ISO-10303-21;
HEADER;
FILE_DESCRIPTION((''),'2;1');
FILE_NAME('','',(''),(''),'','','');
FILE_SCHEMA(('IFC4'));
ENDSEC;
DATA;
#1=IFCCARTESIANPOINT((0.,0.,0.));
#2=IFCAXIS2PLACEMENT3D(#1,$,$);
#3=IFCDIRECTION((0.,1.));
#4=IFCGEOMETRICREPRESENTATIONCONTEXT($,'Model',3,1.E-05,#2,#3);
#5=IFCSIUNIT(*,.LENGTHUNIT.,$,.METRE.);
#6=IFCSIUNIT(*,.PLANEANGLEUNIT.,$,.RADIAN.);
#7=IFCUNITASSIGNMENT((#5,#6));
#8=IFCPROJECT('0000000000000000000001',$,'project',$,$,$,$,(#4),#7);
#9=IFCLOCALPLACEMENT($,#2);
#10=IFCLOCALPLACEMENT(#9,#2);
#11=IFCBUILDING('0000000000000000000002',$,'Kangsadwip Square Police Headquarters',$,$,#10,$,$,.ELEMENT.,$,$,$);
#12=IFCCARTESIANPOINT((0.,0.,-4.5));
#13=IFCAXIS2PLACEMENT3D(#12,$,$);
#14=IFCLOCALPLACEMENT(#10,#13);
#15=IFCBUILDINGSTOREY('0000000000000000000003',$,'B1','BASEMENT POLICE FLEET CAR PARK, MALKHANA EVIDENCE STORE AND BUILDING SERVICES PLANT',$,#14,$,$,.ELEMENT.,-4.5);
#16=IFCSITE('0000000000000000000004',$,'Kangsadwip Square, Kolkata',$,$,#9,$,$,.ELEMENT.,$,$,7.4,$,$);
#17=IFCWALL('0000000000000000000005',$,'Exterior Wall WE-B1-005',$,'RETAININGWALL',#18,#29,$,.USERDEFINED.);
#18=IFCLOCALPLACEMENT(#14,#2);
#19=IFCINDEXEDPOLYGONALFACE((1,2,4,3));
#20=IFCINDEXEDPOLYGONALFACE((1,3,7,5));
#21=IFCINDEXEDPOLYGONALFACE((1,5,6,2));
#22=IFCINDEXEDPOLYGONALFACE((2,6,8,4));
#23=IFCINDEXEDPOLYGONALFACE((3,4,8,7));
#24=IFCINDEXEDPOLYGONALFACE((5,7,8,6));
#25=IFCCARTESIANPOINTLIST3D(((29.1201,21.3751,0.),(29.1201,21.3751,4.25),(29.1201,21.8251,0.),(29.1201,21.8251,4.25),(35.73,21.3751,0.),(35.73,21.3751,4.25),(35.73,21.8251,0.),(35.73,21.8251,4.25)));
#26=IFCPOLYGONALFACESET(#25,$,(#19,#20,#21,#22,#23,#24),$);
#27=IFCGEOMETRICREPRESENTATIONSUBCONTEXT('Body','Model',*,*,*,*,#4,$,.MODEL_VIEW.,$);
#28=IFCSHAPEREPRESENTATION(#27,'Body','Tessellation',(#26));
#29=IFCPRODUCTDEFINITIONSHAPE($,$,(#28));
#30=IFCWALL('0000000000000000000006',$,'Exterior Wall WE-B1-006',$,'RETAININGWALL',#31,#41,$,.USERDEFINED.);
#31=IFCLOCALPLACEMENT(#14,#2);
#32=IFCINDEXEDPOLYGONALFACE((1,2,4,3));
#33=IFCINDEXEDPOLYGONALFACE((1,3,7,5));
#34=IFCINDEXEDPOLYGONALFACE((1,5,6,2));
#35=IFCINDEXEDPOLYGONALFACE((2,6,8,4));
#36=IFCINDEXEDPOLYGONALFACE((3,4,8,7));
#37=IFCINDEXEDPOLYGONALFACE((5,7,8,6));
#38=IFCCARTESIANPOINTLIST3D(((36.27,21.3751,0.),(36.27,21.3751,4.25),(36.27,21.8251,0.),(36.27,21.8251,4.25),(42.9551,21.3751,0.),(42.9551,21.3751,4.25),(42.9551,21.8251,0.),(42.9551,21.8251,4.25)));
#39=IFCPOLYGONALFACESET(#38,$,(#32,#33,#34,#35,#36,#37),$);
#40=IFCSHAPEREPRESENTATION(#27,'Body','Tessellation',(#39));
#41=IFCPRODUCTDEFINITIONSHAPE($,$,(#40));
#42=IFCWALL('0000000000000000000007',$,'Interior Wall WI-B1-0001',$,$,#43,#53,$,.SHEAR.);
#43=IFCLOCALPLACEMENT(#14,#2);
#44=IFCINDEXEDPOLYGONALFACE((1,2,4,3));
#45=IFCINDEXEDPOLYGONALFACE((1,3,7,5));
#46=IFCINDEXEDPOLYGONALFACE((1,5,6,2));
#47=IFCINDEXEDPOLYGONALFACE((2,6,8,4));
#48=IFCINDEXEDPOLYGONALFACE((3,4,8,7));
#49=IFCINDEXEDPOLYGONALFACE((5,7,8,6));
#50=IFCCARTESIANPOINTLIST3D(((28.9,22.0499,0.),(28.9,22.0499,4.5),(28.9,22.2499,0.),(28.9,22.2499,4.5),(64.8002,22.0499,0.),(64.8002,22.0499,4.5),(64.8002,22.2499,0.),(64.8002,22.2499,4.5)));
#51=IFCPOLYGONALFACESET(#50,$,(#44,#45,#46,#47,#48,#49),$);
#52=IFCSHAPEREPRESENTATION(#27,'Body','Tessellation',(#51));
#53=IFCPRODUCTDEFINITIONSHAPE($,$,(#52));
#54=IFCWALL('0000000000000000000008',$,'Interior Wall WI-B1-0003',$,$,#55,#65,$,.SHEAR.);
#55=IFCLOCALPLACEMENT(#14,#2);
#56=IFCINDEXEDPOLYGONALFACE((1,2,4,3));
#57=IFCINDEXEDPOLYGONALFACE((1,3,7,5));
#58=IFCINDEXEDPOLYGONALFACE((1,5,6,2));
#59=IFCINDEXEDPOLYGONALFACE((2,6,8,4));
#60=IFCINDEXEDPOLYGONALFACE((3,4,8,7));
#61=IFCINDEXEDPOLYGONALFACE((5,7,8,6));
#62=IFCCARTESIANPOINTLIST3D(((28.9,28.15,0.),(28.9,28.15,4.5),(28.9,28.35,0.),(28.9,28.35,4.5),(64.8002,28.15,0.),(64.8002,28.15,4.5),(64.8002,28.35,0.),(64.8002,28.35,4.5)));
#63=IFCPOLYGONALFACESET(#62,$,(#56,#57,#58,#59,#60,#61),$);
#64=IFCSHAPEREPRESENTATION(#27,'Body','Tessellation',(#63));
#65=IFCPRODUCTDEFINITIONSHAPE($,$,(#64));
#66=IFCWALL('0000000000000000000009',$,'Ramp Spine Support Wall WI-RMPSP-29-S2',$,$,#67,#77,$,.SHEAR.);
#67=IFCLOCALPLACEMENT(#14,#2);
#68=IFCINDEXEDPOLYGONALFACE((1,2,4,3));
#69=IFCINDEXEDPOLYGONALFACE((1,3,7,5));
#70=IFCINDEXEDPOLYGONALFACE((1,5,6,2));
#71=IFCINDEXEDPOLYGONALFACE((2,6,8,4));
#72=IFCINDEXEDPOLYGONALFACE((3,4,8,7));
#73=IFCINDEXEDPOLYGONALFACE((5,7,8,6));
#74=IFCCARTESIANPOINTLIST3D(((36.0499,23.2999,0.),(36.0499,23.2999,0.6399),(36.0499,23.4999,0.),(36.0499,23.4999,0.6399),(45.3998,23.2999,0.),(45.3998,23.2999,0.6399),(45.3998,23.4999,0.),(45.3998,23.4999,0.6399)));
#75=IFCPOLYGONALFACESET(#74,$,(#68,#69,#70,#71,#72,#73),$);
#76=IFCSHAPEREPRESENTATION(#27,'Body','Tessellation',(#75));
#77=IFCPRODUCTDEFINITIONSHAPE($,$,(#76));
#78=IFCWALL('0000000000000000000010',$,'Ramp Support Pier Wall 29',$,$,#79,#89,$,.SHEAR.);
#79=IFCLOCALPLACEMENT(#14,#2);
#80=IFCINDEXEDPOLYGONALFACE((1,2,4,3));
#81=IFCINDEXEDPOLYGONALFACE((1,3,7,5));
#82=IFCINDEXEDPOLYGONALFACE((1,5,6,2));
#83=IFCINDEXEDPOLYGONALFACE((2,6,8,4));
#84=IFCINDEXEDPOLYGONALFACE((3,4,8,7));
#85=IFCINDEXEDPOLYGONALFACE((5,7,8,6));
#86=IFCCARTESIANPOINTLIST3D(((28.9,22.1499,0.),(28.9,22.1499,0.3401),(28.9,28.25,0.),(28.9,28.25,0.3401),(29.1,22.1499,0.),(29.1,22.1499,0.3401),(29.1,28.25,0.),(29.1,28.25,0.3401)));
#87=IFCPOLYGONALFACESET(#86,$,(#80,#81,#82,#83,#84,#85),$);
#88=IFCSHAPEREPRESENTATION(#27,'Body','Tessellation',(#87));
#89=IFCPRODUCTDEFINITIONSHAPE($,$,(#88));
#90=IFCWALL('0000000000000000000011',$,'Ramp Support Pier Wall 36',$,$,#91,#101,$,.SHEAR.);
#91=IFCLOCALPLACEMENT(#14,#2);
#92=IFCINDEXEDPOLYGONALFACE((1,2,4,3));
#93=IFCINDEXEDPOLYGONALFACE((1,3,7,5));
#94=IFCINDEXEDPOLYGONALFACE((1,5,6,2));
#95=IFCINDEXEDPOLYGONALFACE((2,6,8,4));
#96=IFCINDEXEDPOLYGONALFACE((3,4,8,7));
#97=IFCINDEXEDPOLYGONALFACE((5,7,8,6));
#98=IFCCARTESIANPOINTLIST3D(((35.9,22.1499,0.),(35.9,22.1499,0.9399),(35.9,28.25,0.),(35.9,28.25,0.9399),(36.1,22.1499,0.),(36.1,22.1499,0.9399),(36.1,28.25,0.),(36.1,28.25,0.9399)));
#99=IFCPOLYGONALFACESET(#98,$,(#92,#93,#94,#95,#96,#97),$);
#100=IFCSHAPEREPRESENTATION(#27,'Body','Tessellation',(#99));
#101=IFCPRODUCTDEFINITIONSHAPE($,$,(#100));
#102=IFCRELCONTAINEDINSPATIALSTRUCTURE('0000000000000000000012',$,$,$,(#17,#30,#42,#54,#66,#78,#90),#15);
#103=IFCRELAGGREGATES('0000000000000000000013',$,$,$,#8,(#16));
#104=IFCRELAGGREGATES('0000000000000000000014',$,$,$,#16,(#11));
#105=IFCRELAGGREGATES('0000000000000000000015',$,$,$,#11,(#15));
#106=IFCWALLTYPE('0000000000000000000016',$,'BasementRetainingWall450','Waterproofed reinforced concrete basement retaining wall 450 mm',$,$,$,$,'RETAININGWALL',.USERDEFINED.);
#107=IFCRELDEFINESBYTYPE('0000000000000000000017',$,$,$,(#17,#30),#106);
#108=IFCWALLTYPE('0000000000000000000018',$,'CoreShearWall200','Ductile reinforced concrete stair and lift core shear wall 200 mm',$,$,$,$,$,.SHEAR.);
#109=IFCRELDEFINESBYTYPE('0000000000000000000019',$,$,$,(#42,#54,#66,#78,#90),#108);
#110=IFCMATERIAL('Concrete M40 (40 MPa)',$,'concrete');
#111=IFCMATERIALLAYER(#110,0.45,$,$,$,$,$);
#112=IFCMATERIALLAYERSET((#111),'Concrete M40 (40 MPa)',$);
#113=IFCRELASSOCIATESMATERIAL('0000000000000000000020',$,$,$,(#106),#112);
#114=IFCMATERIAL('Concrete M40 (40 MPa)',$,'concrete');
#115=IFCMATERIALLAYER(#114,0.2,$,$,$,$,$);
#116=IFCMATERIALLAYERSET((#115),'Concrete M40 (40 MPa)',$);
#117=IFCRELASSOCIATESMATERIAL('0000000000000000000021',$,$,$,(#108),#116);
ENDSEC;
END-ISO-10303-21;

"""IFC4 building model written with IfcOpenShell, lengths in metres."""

from ifc_helpers import new_model, si_unit, direction, frame, frame_2d, origin, place, context, subcontext, project, spatial, rectangle, extrude, material, layer, layer_set, type_object, element, save


model = new_model("IFC4")

# Units and contexts
model_context = context("Model", 3, precision=1e-05, world=origin(), true_north=direction((0.0, 1.0)))
body_context = subcontext(model_context, "Body", "Model", "MODEL_VIEW")
ifc_project = project(units=[si_unit("LENGTHUNIT", "METRE"), si_unit("PLANEANGLEUNIT", "RADIAN")], contexts=[model_context])

# Site, building, storey
site_placement = place(None, origin())
site = spatial("IfcSite", under=ifc_project, at=site_placement, Name="Kangsadwip Square, Kolkata", CompositionType="ELEMENT", RefElevation=7.4)
building_placement = place(site_placement, origin())
building = spatial("IfcBuilding", under=site, at=building_placement, Name="Kangsadwip Square Police Headquarters", CompositionType="ELEMENT")
storey_placement = place(building_placement, frame((0.0, 0.0, -4.5)))
storey = spatial("IfcBuildingStorey", under=building, at=storey_placement, Name="B1", Description="BASEMENT POLICE FLEET CAR PARK, MALKHANA EVIDENCE STORE AND BUILDING SERVICES PLANT", CompositionType="ELEMENT", Elevation=-4.5)

# Walls
ifc_material_1 = material(Name="Concrete M40 (40 MPa)", Category="concrete")
ifc_layer_1 = layer(ifc_material_1, 0.45)
ifc_layer_set_1 = layer_set([ifc_layer_1], Name="Concrete M40 (40 MPa)")
wall_type_1 = type_object("IfcWallType", Name="BasementRetainingWall450", Description="Waterproofed reinforced concrete basement retaining wall 450 mm", ElementType="RETAININGWALL", PredefinedType="USERDEFINED", material=ifc_layer_set_1)
wall_1_placement = place(storey_placement, frame((29.1201, 21.6001, 0.0), z_axis=(0.0, 0.0, 1.0), x_axis=(1.0, 0.0, 0.0)))
element("IfcWall", 1, at=wall_1_placement, inside=storey, type_object=wall_type_1, Name="Exterior Wall WE-B1-005", ObjectType="RETAININGWALL", PredefinedType="USERDEFINED", context=body_context, shape_type="SweptSolid", body=[
    extrude(rectangle(XDim=6.6099, YDim=0.45, at=frame_2d((3.3049, 0.0))), origin(), (0.0, 0.0, 1.0), 4.25),
])
wall_2_placement = place(storey_placement, frame((36.27, 21.6001, 0.0), z_axis=(0.0, 0.0, 1.0), x_axis=(1.0, 0.0, 0.0)))
element("IfcWall", 2, at=wall_2_placement, inside=storey, type_object=wall_type_1, Name="Exterior Wall WE-B1-006", ObjectType="RETAININGWALL", PredefinedType="USERDEFINED", context=body_context, shape_type="SweptSolid", body=[
    extrude(rectangle(XDim=6.6851, YDim=0.45, at=frame_2d((3.3425, 0.0))), origin(), (0.0, 0.0, 1.0), 4.25),
])
ifc_material_2 = material(Name="Concrete M40 (40 MPa)", Category="concrete")
ifc_layer_2 = layer(ifc_material_2, 0.2)
ifc_layer_set_2 = layer_set([ifc_layer_2], Name="Concrete M40 (40 MPa)")
wall_type_2 = type_object("IfcWallType", Name="CoreShearWall200", Description="Ductile reinforced concrete stair and lift core shear wall 200 mm", PredefinedType="SHEAR", material=ifc_layer_set_2)
for number, where, z_axis, x_axis, name in (
    (3, (28.8999, 22.1499, 0.0), (0.0, 0.0, 1.0), (1.0, 0.0, 0.0), "Interior Wall WI-B1-0001"),
    (4, (28.8999, 28.25, 0.0), (0.0, 0.0, 1.0), (1.0, 0.0, 0.0), "Interior Wall WI-B1-0003"),
):
    element("IfcWall", number, at=place(storey_placement, frame(where, z_axis=z_axis, x_axis=x_axis)), inside=storey, type_object=wall_type_2, Name=name, PredefinedType="SHEAR", context=body_context, shape_type="SweptSolid", body=[
        extrude(rectangle(XDim=35.9001, YDim=0.2, at=frame_2d((17.9502, 0.0))), origin(), (0.0, 0.0, 1.0), 4.5),
    ])
wall_3_placement = place(storey_placement, frame((36.05, 23.3999, 0.0), z_axis=(0.0, 0.0, 1.0), x_axis=(1.0, 0.0, 0.0)))
element("IfcWall", 5, at=wall_3_placement, inside=storey, type_object=wall_type_2, Name="Ramp Spine Support Wall WI-RMPSP-29-S2", PredefinedType="SHEAR", context=body_context, shape_type="SweptSolid", body=[
    extrude(rectangle(XDim=9.3499, YDim=0.2, at=frame_2d((4.6748, 0.0))), origin(), (0.0, 0.0, 1.0), 0.6399),
])
wall_4_placement = place(storey_placement, frame((29.0, 22.1499, 0.0), z_axis=(0.0, 0.0, 1.0), x_axis=(0.0, 1.0, 0.0)))
element("IfcWall", 6, at=wall_4_placement, inside=storey, type_object=wall_type_2, Name="Ramp Support Pier Wall 29", PredefinedType="SHEAR", context=body_context, shape_type="SweptSolid", body=[
    extrude(rectangle(XDim=6.1001, YDim=0.2, at=frame_2d((3.05, 0.0))), origin(), (0.0, 0.0, 1.0), 0.3401),
])
wall_5_placement = place(storey_placement, frame((36.0, 22.1499, 0.0), z_axis=(0.0, 0.0, 1.0), x_axis=(0.0, 1.0, 0.0)))
element("IfcWall", 7, at=wall_5_placement, inside=storey, type_object=wall_type_2, Name="Ramp Support Pier Wall 36", PredefinedType="SHEAR", context=body_context, shape_type="SweptSolid", body=[
    extrude(rectangle(XDim=6.1001, YDim=0.2, at=frame_2d((3.05, 0.0))), origin(), (0.0, 0.0, 1.0), 0.9399),
])

save(model, "model.ifc")
